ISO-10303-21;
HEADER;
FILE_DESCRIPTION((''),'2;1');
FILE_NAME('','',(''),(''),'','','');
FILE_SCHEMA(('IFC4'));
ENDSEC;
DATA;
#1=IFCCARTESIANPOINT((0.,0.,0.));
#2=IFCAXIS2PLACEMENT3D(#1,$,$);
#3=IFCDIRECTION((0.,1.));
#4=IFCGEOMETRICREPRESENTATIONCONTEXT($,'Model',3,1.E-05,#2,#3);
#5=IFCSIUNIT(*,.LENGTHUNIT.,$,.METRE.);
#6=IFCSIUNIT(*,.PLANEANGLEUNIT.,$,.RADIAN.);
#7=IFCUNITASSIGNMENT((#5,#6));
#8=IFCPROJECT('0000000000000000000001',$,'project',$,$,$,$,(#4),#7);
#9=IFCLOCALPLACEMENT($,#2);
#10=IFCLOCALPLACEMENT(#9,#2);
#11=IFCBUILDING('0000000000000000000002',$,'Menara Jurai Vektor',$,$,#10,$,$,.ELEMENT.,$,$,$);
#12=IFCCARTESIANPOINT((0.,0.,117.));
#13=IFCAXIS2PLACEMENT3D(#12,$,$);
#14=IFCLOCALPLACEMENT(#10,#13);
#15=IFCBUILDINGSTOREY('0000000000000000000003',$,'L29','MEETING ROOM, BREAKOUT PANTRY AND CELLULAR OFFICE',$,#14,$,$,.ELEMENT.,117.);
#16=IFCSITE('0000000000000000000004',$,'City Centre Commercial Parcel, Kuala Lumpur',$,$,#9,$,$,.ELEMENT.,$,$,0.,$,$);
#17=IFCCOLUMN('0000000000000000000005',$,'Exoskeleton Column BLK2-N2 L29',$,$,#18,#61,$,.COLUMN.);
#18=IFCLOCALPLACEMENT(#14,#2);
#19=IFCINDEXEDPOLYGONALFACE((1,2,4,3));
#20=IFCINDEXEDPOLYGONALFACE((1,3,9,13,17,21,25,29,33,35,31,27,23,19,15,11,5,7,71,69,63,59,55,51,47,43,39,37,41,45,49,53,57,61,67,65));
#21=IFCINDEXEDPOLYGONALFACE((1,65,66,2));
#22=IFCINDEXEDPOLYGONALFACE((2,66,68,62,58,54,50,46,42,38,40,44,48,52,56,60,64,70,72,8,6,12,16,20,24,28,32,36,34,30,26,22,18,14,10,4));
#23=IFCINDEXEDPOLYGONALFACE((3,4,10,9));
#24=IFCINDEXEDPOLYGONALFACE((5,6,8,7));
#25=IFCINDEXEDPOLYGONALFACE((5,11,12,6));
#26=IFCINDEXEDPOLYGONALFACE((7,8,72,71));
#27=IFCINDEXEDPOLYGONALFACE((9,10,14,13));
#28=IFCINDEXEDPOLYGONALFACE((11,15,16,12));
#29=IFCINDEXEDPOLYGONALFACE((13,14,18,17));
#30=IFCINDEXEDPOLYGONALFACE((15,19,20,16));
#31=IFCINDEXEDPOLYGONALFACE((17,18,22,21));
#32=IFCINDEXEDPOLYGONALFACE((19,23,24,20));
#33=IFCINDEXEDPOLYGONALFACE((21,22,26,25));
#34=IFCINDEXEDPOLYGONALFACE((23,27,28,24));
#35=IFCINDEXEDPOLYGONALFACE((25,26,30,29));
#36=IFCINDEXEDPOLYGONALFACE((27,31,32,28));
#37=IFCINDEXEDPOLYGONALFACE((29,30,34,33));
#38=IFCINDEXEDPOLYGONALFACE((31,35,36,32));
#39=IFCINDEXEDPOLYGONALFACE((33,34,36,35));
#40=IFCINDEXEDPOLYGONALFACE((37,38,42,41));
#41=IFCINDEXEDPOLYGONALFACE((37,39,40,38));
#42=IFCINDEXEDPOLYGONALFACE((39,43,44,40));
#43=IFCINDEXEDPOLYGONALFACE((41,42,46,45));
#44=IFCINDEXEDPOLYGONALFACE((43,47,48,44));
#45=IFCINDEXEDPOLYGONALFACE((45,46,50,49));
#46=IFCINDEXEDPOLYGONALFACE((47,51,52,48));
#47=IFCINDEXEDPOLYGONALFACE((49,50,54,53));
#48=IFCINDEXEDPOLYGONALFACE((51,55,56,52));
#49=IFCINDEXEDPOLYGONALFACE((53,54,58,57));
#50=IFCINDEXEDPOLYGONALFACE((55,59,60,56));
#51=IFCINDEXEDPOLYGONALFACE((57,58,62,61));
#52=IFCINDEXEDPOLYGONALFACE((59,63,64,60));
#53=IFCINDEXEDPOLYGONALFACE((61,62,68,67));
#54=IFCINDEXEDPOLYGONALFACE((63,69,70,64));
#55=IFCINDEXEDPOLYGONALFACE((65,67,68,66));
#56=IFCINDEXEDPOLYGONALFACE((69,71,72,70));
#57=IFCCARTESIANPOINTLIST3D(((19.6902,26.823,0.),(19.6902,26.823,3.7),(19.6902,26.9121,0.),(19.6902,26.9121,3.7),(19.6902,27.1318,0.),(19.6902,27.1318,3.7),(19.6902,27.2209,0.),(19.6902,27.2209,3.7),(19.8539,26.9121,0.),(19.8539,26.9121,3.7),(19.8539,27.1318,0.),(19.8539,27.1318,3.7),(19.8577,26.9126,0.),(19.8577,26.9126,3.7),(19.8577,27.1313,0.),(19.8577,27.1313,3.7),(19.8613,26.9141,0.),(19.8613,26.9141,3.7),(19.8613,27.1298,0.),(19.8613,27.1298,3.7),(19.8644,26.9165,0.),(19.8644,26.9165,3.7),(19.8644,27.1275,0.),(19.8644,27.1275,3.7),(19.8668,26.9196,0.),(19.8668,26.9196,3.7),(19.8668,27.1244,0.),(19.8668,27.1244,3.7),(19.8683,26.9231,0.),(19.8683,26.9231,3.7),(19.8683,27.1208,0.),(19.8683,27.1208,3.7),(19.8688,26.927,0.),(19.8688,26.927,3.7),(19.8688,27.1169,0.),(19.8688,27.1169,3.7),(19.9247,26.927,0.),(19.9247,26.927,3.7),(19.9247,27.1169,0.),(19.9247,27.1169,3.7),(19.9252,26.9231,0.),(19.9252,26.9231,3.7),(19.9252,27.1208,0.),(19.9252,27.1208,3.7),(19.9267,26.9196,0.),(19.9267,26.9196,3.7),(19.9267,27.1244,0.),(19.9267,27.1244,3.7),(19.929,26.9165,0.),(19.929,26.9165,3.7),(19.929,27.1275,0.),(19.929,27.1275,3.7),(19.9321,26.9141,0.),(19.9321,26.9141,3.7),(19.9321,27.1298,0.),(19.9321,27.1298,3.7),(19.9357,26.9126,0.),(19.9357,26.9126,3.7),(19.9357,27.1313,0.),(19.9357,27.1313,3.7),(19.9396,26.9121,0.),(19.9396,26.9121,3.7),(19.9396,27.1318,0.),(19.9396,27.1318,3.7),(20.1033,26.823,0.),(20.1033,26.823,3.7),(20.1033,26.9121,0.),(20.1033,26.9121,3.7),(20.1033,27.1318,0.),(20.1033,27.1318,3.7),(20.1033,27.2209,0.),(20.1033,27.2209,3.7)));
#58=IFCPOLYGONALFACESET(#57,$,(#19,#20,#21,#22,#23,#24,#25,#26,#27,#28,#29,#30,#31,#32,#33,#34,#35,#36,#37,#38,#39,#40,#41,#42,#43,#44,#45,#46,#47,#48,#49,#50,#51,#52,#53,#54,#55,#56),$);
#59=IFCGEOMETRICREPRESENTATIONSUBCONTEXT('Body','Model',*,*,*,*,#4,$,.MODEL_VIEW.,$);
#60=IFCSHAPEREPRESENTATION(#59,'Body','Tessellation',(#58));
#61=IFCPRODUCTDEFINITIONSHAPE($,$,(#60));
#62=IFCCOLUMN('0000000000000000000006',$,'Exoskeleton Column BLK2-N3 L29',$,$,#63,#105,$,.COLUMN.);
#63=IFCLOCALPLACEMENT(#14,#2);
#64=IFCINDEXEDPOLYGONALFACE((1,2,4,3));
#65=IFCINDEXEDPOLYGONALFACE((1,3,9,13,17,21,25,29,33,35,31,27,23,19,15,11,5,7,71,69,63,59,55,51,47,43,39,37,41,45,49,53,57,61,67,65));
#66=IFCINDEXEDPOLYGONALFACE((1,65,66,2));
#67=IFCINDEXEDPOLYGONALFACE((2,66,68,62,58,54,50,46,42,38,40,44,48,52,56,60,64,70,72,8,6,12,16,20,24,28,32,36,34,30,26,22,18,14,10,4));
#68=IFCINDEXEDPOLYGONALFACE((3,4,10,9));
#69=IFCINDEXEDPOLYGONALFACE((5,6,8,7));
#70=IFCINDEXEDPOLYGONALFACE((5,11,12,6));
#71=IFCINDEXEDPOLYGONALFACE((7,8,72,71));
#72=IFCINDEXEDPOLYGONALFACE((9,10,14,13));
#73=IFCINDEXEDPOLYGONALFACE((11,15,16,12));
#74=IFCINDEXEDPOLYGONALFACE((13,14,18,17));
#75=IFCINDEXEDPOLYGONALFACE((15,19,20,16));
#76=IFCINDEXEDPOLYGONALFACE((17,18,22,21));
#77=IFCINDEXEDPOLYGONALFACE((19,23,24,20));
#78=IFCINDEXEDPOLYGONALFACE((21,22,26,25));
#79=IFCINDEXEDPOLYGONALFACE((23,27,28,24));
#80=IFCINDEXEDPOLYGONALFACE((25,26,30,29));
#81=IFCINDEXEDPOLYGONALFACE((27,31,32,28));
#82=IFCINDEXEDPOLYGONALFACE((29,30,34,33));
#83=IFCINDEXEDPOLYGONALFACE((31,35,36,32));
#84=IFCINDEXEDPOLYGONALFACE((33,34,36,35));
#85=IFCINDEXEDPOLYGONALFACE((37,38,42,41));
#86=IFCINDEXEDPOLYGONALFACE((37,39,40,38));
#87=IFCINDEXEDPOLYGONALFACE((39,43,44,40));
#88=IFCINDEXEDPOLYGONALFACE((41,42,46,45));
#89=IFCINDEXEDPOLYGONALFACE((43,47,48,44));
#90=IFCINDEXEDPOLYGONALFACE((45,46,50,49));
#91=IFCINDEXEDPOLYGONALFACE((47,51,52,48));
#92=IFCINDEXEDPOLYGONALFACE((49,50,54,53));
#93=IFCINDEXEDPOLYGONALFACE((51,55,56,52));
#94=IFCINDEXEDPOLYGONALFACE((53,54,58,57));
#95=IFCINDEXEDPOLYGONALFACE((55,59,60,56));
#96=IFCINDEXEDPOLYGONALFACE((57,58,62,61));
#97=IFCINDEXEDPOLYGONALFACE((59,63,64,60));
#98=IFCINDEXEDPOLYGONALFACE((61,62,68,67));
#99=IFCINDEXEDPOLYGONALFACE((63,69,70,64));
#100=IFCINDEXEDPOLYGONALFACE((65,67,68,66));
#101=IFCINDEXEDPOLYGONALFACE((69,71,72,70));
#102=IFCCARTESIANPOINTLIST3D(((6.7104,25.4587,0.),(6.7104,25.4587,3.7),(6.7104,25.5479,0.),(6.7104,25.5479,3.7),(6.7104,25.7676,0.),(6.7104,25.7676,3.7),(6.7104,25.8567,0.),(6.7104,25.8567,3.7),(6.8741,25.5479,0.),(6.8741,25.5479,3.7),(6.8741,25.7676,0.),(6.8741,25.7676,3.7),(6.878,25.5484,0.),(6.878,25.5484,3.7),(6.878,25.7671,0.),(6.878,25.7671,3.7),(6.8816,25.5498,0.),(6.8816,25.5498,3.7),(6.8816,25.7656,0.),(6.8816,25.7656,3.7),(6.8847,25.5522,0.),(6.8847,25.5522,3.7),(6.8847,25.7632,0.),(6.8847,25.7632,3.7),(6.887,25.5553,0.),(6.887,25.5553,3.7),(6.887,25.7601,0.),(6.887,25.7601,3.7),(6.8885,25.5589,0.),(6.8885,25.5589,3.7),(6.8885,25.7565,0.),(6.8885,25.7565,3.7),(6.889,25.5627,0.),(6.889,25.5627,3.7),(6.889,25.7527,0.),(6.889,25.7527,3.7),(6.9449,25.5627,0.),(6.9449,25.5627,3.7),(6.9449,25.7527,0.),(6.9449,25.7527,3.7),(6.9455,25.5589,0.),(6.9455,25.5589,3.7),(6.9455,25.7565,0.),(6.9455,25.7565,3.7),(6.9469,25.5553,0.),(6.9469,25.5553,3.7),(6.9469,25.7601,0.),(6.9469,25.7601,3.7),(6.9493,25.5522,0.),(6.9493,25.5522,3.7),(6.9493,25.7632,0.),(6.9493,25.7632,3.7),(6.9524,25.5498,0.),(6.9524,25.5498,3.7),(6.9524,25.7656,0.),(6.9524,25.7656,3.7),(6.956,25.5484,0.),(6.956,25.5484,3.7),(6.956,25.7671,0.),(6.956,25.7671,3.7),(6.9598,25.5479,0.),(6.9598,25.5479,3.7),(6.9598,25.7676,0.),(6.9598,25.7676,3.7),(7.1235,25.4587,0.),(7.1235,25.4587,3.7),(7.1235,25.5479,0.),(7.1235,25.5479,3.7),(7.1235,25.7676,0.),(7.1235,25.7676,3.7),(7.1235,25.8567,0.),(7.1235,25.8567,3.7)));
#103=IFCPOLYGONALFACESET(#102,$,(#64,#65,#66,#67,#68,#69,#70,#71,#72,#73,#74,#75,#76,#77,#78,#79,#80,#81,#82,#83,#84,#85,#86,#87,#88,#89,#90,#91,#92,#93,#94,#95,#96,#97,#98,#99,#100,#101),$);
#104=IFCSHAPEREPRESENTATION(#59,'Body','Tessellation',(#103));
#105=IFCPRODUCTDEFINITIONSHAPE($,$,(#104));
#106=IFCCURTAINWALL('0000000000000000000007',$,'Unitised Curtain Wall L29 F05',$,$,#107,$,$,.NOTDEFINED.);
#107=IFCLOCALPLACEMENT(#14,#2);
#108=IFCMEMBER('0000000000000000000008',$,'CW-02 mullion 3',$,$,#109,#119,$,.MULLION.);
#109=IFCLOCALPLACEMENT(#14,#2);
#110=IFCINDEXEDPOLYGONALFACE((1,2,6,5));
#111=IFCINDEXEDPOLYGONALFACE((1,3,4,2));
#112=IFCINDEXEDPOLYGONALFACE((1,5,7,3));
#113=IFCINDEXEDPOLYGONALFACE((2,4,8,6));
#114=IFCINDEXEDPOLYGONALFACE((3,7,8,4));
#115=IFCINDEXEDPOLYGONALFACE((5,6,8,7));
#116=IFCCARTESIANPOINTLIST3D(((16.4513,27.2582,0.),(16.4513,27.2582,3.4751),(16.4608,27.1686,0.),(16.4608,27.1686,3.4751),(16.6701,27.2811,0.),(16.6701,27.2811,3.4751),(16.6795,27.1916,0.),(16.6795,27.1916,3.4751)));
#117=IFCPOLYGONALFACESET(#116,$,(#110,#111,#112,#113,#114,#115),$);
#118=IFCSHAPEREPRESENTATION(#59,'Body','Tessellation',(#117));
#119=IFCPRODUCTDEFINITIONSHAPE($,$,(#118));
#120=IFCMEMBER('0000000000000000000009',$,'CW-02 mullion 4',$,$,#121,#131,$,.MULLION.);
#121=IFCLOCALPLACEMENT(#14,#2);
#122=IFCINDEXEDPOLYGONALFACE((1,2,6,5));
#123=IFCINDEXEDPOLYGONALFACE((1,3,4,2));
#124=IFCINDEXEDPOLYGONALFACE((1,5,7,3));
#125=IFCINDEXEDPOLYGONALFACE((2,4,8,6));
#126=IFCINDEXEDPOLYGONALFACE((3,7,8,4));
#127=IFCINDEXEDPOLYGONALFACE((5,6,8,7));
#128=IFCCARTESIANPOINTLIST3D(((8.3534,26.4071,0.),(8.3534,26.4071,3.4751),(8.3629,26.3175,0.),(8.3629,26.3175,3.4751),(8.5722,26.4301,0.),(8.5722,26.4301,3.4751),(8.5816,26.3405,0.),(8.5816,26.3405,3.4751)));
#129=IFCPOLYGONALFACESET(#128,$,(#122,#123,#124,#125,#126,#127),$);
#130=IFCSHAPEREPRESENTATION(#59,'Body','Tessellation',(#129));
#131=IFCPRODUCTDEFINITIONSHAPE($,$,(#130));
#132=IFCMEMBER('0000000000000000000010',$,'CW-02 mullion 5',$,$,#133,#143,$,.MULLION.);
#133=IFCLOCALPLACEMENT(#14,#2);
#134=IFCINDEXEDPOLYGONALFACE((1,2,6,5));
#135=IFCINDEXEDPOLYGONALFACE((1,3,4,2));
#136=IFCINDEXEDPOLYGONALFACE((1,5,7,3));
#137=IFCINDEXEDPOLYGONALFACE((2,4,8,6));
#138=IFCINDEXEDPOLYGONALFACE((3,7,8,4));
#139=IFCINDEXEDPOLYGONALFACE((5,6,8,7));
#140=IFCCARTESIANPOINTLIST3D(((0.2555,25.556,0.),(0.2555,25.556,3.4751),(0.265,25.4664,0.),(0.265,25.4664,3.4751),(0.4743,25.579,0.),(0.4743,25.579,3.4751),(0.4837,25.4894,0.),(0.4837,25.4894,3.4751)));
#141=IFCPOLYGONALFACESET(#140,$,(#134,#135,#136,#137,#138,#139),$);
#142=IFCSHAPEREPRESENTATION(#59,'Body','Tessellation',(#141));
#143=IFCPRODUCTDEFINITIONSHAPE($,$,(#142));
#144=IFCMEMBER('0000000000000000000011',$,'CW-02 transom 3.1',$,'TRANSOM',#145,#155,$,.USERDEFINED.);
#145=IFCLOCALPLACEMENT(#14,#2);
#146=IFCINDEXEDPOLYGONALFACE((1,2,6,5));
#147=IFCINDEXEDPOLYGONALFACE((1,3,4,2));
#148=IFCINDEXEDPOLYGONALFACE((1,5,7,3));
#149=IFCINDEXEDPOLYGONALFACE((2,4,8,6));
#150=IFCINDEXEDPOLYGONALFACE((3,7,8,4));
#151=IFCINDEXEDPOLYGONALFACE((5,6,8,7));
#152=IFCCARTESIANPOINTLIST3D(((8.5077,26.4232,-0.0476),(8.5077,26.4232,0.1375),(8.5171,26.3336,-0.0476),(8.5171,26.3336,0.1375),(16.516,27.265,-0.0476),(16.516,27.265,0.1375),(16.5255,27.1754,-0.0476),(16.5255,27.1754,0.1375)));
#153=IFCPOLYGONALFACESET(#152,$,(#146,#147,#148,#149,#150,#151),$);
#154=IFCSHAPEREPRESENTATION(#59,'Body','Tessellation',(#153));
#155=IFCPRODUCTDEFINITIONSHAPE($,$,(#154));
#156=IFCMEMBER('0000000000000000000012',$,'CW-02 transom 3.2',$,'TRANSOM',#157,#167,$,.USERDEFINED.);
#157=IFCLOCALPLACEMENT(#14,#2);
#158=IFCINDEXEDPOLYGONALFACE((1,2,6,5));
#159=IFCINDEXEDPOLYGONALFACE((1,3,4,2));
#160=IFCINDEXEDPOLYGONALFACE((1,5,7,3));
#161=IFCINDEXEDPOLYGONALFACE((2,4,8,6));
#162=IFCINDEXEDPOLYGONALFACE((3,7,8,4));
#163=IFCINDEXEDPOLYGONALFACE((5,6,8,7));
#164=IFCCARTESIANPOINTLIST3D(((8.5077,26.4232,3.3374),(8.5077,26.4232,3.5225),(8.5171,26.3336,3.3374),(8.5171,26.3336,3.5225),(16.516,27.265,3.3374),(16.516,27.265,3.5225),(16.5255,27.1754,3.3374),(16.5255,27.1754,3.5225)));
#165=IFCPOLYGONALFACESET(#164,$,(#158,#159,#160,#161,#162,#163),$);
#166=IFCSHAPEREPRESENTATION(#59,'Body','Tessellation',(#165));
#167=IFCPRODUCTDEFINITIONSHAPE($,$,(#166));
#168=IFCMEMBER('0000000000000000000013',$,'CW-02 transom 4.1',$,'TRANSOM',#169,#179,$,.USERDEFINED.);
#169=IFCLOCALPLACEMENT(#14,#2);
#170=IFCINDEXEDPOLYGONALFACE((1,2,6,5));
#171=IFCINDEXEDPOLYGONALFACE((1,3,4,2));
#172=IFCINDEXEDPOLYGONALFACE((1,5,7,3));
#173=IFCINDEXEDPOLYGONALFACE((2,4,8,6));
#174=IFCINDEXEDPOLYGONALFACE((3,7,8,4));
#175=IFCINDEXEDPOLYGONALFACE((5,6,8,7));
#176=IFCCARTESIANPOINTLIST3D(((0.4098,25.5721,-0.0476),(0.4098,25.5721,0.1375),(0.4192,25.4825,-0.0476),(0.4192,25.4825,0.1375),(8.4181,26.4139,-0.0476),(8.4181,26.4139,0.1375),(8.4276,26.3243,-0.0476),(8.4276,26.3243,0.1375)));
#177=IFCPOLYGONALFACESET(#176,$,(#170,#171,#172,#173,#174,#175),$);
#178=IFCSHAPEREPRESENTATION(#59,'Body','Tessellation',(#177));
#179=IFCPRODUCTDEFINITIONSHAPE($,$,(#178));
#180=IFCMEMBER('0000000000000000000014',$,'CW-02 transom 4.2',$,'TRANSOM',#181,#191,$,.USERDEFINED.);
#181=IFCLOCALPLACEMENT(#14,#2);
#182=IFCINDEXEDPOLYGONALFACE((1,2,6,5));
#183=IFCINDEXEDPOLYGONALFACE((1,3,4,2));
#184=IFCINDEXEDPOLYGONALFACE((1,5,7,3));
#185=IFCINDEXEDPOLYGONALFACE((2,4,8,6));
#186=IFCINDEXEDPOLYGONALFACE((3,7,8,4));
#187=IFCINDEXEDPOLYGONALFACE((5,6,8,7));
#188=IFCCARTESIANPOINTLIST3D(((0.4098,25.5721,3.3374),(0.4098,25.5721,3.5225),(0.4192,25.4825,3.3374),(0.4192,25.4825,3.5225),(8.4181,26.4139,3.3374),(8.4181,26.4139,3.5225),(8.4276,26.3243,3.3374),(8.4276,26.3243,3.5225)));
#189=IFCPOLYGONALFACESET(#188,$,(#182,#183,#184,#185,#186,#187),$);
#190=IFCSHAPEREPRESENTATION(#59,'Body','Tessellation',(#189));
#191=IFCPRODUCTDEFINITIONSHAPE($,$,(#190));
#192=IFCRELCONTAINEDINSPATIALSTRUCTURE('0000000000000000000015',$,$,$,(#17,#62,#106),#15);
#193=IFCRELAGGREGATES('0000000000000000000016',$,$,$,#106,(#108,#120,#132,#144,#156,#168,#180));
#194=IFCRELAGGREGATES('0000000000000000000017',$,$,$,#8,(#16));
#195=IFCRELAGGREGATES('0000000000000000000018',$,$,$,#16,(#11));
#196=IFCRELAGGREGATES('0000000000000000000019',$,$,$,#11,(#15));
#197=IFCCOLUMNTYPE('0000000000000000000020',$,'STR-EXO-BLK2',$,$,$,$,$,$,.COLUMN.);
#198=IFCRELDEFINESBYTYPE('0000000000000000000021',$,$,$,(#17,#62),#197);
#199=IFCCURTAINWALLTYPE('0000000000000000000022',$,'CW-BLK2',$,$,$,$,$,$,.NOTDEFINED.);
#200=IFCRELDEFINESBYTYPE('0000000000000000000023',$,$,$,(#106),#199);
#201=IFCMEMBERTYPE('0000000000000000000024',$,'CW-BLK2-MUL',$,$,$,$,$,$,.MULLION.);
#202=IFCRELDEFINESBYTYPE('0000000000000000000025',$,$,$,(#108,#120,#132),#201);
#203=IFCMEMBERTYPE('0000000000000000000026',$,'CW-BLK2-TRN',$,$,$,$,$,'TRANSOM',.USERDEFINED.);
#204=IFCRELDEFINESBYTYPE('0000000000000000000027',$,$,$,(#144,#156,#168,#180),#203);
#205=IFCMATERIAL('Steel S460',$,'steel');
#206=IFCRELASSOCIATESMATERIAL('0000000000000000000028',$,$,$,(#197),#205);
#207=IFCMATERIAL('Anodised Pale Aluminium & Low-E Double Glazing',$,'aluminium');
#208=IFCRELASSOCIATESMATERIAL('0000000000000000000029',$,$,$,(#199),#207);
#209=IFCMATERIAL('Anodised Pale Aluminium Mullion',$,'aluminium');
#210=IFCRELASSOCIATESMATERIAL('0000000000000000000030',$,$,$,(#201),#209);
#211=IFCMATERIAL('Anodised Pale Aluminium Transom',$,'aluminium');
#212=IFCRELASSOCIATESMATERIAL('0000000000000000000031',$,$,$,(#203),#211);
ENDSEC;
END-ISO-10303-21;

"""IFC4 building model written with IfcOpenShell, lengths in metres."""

from ifc_helpers import new_model, si_unit, direction, frame, origin, origin_2d, place, context, subcontext, project, spatial, rectangle, i_section, extrude, material, material_profile, profile_set, type_object, element, aggregate, save


model = new_model("IFC4")

# Units and contexts
model_context = context("Model", 3, precision=1e-05, world=origin(), true_north=direction((0.0, 1.0)))
body_context = subcontext(model_context, "Body", "Model", "MODEL_VIEW")
ifc_project = project(units=[si_unit("LENGTHUNIT", "METRE"), si_unit("PLANEANGLEUNIT", "RADIAN")], contexts=[model_context])

# Site, building, storey
site_placement = place(None, origin())
site = spatial("IfcSite", under=ifc_project, at=site_placement, Name="City Centre Commercial Parcel, Kuala Lumpur", CompositionType="ELEMENT", RefElevation=0.0)
building_placement = place(site_placement, origin())
building = spatial("IfcBuilding", under=site, at=building_placement, Name="Menara Jurai Vektor", CompositionType="ELEMENT")
storey_placement = place(building_placement, frame((0.0, 0.0, 117.0)))
storey = spatial("IfcBuildingStorey", under=building, at=storey_placement, Name="L29", Description="MEETING ROOM, BREAKOUT PANTRY AND CELLULAR OFFICE", CompositionType="ELEMENT", Elevation=117.0)

# Columns
ifc_material_1 = material(Name="Steel S460", Category="steel")
ifc_material_profile_1 = material_profile(ifc_material_1, i_section(OverallWidth=0.4131, OverallDepth=0.3979, WebThickness=0.0559, FlangeThickness=0.0891, FilletRadius=0.0149, at=origin_2d()), Name="HD 400x744")
ifc_profile_set_1 = profile_set([ifc_material_profile_1], Name="Steel S460")
column_type = type_object("IfcColumnType", Name="STR-EXO-BLK2", PredefinedType="COLUMN", material=ifc_profile_set_1)
for number, where, z_axis, x_axis, name in (
    (1, (19.8967, 27.022, 0.0), (0.0, 0.0, 1.0), (1.0, 0.0, 0.0), "Exoskeleton Column BLK2-N2 L29"),
    (2, (6.917, 25.6577, 0.0), (0.0, 0.0, 1.0), (1.0, 0.0, 0.0), "Exoskeleton Column BLK2-N3 L29"),
):
    element("IfcColumn", number, at=place(storey_placement, frame(where, z_axis=z_axis, x_axis=x_axis)), inside=storey, type_object=column_type, Name=name, PredefinedType="COLUMN", context=body_context, shape_type="SweptSolid", body=[
        extrude(i_section(OverallWidth=0.4131, OverallDepth=0.3979, WebThickness=0.0559, FlangeThickness=0.0891, FilletRadius=0.0149, at=origin_2d()), origin(), (0.0, 0.0, 1.0), 3.7),
    ])

# Curtain wall, members
ifc_material_2 = material(Name="Anodised Pale Aluminium & Low-E Double Glazing", Category="aluminium")
curtain_wall_type = type_object("IfcCurtainWallType", Name="CW-BLK2", PredefinedType="NOTDEFINED", material=ifc_material_2)
curtain_wall_placement = place(storey_placement, origin())
curtain_wall = element("IfcCurtainWall", 3, at=curtain_wall_placement, inside=storey, type_object=curtain_wall_type, Name="Unitised Curtain Wall L29 F05", PredefinedType="NOTDEFINED")
ifc_material_3 = material(Name="Anodised Pale Aluminium Mullion", Category="aluminium")
ifc_material_profile_2 = material_profile(ifc_material_3, rectangle(XDim=0.0901, YDim=0.22, at=origin_2d()), Name="ALU MUL 90x220")
ifc_profile_set_2 = profile_set([ifc_material_profile_2], Name="Anodised Pale Aluminium Mullion")
member_type_1 = type_object("IfcMemberType", Name="CW-BLK2-MUL", PredefinedType="MULLION", material=ifc_profile_set_2)
member_1_placement = place(storey_placement, frame((16.5654, 27.2249, 0.0), z_axis=(0.0, 0.0, 1.0), x_axis=(0.104529, -0.994522, 0.0)))
member_1 = element("IfcMember", 4, at=member_1_placement, type_object=member_type_1, Name="CW-02 mullion 3", PredefinedType="MULLION", context=body_context, shape_type="SweptSolid", body=[
    extrude(rectangle(XDim=0.0901, YDim=0.22, at=origin_2d()), origin(), (0.0, 0.0, 1.0), 3.4751),
])
member_2_placement = place(storey_placement, frame((8.4675, 26.3738, 0.0), z_axis=(0.0, 0.0, 1.0), x_axis=(0.104529, -0.994522, 0.0)))
member_2 = element("IfcMember", 5, at=member_2_placement, type_object=member_type_1, Name="CW-02 mullion 4", PredefinedType="MULLION", context=body_context, shape_type="SweptSolid", body=[
    extrude(rectangle(XDim=0.0901, YDim=0.22, at=origin_2d()), origin(), (0.0, 0.0, 1.0), 3.4751),
])
member_3_placement = place(storey_placement, frame((0.3696, 25.5227, 0.0), z_axis=(0.0, 0.0, 1.0), x_axis=(0.104529, -0.994522, 0.0)))
member_3 = element("IfcMember", 6, at=member_3_placement, type_object=member_type_1, Name="CW-02 mullion 5", PredefinedType="MULLION", context=body_context, shape_type="SweptSolid", body=[
    extrude(rectangle(XDim=0.0901, YDim=0.22, at=origin_2d()), origin(), (0.0, 0.0, 1.0), 3.4751),
])
ifc_material_4 = material(Name="Anodised Pale Aluminium Transom", Category="aluminium")
ifc_material_profile_3 = material_profile(ifc_material_4, rectangle(XDim=0.0901, YDim=0.1851, at=origin_2d()), Name="ALU TRN 90x185")
ifc_profile_set_3 = profile_set([ifc_material_profile_3], Name="Anodised Pale Aluminium Transom")
member_type_2 = type_object("IfcMemberType", Name="CW-BLK2-TRN", ElementType="TRANSOM", PredefinedType="USERDEFINED", material=ifc_profile_set_3)
member_4_placement = place(storey_placement, frame((16.5208, 27.2202, 0.0449), z_axis=(-0.994521, -0.10454, 0.0), x_axis=(0.10454, -0.994521, 0.0)))
member_4 = element("IfcMember", 7, at=member_4_placement, type_object=member_type_2, Name="CW-02 transom 3.1", ObjectType="TRANSOM", PredefinedType="USERDEFINED", context=body_context, shape_type="SweptSolid", body=[
    extrude(rectangle(XDim=0.0901, YDim=0.1851, at=origin_2d()), origin(), (0.0, 0.0, 1.0), 8.0525),
])
member_5_placement = place(storey_placement, frame((16.5208, 27.2202, 3.4299), z_axis=(-0.994521, -0.10454, 0.0), x_axis=(0.10454, -0.994521, 0.0)))
member_5 = element("IfcMember", 8, at=member_5_placement, type_object=member_type_2, Name="CW-02 transom 3.2", ObjectType="TRANSOM", PredefinedType="USERDEFINED", context=body_context, shape_type="SweptSolid", body=[
    extrude(rectangle(XDim=0.0901, YDim=0.1851, at=origin_2d()), origin(), (0.0, 0.0, 1.0), 8.0525),
])
member_6_placement = place(storey_placement, frame((8.4229, 26.3691, 0.0449), z_axis=(-0.994521, -0.10454, 0.0), x_axis=(0.10454, -0.994521, 0.0)))
member_6 = element("IfcMember", 9, at=member_6_placement, type_object=member_type_2, Name="CW-02 transom 4.1", ObjectType="TRANSOM", PredefinedType="USERDEFINED", context=body_context, shape_type="SweptSolid", body=[
    extrude(rectangle(XDim=0.0901, YDim=0.1851, at=origin_2d()), origin(), (0.0, 0.0, 1.0), 8.0525),
])
member_7_placement = place(storey_placement, frame((8.4229, 26.3691, 3.4299), z_axis=(-0.994521, -0.10454, 0.0), x_axis=(0.10454, -0.994521, 0.0)))
member_7 = element("IfcMember", 10, at=member_7_placement, type_object=member_type_2, Name="CW-02 transom 4.2", ObjectType="TRANSOM", PredefinedType="USERDEFINED", context=body_context, shape_type="SweptSolid", body=[
    extrude(rectangle(XDim=0.0901, YDim=0.1851, at=origin_2d()), origin(), (0.0, 0.0, 1.0), 8.0525),
])

aggregate(curtain_wall, [member_1, member_2, member_3, member_4, member_5, member_6, member_7])

save(model, "model.ifc")
